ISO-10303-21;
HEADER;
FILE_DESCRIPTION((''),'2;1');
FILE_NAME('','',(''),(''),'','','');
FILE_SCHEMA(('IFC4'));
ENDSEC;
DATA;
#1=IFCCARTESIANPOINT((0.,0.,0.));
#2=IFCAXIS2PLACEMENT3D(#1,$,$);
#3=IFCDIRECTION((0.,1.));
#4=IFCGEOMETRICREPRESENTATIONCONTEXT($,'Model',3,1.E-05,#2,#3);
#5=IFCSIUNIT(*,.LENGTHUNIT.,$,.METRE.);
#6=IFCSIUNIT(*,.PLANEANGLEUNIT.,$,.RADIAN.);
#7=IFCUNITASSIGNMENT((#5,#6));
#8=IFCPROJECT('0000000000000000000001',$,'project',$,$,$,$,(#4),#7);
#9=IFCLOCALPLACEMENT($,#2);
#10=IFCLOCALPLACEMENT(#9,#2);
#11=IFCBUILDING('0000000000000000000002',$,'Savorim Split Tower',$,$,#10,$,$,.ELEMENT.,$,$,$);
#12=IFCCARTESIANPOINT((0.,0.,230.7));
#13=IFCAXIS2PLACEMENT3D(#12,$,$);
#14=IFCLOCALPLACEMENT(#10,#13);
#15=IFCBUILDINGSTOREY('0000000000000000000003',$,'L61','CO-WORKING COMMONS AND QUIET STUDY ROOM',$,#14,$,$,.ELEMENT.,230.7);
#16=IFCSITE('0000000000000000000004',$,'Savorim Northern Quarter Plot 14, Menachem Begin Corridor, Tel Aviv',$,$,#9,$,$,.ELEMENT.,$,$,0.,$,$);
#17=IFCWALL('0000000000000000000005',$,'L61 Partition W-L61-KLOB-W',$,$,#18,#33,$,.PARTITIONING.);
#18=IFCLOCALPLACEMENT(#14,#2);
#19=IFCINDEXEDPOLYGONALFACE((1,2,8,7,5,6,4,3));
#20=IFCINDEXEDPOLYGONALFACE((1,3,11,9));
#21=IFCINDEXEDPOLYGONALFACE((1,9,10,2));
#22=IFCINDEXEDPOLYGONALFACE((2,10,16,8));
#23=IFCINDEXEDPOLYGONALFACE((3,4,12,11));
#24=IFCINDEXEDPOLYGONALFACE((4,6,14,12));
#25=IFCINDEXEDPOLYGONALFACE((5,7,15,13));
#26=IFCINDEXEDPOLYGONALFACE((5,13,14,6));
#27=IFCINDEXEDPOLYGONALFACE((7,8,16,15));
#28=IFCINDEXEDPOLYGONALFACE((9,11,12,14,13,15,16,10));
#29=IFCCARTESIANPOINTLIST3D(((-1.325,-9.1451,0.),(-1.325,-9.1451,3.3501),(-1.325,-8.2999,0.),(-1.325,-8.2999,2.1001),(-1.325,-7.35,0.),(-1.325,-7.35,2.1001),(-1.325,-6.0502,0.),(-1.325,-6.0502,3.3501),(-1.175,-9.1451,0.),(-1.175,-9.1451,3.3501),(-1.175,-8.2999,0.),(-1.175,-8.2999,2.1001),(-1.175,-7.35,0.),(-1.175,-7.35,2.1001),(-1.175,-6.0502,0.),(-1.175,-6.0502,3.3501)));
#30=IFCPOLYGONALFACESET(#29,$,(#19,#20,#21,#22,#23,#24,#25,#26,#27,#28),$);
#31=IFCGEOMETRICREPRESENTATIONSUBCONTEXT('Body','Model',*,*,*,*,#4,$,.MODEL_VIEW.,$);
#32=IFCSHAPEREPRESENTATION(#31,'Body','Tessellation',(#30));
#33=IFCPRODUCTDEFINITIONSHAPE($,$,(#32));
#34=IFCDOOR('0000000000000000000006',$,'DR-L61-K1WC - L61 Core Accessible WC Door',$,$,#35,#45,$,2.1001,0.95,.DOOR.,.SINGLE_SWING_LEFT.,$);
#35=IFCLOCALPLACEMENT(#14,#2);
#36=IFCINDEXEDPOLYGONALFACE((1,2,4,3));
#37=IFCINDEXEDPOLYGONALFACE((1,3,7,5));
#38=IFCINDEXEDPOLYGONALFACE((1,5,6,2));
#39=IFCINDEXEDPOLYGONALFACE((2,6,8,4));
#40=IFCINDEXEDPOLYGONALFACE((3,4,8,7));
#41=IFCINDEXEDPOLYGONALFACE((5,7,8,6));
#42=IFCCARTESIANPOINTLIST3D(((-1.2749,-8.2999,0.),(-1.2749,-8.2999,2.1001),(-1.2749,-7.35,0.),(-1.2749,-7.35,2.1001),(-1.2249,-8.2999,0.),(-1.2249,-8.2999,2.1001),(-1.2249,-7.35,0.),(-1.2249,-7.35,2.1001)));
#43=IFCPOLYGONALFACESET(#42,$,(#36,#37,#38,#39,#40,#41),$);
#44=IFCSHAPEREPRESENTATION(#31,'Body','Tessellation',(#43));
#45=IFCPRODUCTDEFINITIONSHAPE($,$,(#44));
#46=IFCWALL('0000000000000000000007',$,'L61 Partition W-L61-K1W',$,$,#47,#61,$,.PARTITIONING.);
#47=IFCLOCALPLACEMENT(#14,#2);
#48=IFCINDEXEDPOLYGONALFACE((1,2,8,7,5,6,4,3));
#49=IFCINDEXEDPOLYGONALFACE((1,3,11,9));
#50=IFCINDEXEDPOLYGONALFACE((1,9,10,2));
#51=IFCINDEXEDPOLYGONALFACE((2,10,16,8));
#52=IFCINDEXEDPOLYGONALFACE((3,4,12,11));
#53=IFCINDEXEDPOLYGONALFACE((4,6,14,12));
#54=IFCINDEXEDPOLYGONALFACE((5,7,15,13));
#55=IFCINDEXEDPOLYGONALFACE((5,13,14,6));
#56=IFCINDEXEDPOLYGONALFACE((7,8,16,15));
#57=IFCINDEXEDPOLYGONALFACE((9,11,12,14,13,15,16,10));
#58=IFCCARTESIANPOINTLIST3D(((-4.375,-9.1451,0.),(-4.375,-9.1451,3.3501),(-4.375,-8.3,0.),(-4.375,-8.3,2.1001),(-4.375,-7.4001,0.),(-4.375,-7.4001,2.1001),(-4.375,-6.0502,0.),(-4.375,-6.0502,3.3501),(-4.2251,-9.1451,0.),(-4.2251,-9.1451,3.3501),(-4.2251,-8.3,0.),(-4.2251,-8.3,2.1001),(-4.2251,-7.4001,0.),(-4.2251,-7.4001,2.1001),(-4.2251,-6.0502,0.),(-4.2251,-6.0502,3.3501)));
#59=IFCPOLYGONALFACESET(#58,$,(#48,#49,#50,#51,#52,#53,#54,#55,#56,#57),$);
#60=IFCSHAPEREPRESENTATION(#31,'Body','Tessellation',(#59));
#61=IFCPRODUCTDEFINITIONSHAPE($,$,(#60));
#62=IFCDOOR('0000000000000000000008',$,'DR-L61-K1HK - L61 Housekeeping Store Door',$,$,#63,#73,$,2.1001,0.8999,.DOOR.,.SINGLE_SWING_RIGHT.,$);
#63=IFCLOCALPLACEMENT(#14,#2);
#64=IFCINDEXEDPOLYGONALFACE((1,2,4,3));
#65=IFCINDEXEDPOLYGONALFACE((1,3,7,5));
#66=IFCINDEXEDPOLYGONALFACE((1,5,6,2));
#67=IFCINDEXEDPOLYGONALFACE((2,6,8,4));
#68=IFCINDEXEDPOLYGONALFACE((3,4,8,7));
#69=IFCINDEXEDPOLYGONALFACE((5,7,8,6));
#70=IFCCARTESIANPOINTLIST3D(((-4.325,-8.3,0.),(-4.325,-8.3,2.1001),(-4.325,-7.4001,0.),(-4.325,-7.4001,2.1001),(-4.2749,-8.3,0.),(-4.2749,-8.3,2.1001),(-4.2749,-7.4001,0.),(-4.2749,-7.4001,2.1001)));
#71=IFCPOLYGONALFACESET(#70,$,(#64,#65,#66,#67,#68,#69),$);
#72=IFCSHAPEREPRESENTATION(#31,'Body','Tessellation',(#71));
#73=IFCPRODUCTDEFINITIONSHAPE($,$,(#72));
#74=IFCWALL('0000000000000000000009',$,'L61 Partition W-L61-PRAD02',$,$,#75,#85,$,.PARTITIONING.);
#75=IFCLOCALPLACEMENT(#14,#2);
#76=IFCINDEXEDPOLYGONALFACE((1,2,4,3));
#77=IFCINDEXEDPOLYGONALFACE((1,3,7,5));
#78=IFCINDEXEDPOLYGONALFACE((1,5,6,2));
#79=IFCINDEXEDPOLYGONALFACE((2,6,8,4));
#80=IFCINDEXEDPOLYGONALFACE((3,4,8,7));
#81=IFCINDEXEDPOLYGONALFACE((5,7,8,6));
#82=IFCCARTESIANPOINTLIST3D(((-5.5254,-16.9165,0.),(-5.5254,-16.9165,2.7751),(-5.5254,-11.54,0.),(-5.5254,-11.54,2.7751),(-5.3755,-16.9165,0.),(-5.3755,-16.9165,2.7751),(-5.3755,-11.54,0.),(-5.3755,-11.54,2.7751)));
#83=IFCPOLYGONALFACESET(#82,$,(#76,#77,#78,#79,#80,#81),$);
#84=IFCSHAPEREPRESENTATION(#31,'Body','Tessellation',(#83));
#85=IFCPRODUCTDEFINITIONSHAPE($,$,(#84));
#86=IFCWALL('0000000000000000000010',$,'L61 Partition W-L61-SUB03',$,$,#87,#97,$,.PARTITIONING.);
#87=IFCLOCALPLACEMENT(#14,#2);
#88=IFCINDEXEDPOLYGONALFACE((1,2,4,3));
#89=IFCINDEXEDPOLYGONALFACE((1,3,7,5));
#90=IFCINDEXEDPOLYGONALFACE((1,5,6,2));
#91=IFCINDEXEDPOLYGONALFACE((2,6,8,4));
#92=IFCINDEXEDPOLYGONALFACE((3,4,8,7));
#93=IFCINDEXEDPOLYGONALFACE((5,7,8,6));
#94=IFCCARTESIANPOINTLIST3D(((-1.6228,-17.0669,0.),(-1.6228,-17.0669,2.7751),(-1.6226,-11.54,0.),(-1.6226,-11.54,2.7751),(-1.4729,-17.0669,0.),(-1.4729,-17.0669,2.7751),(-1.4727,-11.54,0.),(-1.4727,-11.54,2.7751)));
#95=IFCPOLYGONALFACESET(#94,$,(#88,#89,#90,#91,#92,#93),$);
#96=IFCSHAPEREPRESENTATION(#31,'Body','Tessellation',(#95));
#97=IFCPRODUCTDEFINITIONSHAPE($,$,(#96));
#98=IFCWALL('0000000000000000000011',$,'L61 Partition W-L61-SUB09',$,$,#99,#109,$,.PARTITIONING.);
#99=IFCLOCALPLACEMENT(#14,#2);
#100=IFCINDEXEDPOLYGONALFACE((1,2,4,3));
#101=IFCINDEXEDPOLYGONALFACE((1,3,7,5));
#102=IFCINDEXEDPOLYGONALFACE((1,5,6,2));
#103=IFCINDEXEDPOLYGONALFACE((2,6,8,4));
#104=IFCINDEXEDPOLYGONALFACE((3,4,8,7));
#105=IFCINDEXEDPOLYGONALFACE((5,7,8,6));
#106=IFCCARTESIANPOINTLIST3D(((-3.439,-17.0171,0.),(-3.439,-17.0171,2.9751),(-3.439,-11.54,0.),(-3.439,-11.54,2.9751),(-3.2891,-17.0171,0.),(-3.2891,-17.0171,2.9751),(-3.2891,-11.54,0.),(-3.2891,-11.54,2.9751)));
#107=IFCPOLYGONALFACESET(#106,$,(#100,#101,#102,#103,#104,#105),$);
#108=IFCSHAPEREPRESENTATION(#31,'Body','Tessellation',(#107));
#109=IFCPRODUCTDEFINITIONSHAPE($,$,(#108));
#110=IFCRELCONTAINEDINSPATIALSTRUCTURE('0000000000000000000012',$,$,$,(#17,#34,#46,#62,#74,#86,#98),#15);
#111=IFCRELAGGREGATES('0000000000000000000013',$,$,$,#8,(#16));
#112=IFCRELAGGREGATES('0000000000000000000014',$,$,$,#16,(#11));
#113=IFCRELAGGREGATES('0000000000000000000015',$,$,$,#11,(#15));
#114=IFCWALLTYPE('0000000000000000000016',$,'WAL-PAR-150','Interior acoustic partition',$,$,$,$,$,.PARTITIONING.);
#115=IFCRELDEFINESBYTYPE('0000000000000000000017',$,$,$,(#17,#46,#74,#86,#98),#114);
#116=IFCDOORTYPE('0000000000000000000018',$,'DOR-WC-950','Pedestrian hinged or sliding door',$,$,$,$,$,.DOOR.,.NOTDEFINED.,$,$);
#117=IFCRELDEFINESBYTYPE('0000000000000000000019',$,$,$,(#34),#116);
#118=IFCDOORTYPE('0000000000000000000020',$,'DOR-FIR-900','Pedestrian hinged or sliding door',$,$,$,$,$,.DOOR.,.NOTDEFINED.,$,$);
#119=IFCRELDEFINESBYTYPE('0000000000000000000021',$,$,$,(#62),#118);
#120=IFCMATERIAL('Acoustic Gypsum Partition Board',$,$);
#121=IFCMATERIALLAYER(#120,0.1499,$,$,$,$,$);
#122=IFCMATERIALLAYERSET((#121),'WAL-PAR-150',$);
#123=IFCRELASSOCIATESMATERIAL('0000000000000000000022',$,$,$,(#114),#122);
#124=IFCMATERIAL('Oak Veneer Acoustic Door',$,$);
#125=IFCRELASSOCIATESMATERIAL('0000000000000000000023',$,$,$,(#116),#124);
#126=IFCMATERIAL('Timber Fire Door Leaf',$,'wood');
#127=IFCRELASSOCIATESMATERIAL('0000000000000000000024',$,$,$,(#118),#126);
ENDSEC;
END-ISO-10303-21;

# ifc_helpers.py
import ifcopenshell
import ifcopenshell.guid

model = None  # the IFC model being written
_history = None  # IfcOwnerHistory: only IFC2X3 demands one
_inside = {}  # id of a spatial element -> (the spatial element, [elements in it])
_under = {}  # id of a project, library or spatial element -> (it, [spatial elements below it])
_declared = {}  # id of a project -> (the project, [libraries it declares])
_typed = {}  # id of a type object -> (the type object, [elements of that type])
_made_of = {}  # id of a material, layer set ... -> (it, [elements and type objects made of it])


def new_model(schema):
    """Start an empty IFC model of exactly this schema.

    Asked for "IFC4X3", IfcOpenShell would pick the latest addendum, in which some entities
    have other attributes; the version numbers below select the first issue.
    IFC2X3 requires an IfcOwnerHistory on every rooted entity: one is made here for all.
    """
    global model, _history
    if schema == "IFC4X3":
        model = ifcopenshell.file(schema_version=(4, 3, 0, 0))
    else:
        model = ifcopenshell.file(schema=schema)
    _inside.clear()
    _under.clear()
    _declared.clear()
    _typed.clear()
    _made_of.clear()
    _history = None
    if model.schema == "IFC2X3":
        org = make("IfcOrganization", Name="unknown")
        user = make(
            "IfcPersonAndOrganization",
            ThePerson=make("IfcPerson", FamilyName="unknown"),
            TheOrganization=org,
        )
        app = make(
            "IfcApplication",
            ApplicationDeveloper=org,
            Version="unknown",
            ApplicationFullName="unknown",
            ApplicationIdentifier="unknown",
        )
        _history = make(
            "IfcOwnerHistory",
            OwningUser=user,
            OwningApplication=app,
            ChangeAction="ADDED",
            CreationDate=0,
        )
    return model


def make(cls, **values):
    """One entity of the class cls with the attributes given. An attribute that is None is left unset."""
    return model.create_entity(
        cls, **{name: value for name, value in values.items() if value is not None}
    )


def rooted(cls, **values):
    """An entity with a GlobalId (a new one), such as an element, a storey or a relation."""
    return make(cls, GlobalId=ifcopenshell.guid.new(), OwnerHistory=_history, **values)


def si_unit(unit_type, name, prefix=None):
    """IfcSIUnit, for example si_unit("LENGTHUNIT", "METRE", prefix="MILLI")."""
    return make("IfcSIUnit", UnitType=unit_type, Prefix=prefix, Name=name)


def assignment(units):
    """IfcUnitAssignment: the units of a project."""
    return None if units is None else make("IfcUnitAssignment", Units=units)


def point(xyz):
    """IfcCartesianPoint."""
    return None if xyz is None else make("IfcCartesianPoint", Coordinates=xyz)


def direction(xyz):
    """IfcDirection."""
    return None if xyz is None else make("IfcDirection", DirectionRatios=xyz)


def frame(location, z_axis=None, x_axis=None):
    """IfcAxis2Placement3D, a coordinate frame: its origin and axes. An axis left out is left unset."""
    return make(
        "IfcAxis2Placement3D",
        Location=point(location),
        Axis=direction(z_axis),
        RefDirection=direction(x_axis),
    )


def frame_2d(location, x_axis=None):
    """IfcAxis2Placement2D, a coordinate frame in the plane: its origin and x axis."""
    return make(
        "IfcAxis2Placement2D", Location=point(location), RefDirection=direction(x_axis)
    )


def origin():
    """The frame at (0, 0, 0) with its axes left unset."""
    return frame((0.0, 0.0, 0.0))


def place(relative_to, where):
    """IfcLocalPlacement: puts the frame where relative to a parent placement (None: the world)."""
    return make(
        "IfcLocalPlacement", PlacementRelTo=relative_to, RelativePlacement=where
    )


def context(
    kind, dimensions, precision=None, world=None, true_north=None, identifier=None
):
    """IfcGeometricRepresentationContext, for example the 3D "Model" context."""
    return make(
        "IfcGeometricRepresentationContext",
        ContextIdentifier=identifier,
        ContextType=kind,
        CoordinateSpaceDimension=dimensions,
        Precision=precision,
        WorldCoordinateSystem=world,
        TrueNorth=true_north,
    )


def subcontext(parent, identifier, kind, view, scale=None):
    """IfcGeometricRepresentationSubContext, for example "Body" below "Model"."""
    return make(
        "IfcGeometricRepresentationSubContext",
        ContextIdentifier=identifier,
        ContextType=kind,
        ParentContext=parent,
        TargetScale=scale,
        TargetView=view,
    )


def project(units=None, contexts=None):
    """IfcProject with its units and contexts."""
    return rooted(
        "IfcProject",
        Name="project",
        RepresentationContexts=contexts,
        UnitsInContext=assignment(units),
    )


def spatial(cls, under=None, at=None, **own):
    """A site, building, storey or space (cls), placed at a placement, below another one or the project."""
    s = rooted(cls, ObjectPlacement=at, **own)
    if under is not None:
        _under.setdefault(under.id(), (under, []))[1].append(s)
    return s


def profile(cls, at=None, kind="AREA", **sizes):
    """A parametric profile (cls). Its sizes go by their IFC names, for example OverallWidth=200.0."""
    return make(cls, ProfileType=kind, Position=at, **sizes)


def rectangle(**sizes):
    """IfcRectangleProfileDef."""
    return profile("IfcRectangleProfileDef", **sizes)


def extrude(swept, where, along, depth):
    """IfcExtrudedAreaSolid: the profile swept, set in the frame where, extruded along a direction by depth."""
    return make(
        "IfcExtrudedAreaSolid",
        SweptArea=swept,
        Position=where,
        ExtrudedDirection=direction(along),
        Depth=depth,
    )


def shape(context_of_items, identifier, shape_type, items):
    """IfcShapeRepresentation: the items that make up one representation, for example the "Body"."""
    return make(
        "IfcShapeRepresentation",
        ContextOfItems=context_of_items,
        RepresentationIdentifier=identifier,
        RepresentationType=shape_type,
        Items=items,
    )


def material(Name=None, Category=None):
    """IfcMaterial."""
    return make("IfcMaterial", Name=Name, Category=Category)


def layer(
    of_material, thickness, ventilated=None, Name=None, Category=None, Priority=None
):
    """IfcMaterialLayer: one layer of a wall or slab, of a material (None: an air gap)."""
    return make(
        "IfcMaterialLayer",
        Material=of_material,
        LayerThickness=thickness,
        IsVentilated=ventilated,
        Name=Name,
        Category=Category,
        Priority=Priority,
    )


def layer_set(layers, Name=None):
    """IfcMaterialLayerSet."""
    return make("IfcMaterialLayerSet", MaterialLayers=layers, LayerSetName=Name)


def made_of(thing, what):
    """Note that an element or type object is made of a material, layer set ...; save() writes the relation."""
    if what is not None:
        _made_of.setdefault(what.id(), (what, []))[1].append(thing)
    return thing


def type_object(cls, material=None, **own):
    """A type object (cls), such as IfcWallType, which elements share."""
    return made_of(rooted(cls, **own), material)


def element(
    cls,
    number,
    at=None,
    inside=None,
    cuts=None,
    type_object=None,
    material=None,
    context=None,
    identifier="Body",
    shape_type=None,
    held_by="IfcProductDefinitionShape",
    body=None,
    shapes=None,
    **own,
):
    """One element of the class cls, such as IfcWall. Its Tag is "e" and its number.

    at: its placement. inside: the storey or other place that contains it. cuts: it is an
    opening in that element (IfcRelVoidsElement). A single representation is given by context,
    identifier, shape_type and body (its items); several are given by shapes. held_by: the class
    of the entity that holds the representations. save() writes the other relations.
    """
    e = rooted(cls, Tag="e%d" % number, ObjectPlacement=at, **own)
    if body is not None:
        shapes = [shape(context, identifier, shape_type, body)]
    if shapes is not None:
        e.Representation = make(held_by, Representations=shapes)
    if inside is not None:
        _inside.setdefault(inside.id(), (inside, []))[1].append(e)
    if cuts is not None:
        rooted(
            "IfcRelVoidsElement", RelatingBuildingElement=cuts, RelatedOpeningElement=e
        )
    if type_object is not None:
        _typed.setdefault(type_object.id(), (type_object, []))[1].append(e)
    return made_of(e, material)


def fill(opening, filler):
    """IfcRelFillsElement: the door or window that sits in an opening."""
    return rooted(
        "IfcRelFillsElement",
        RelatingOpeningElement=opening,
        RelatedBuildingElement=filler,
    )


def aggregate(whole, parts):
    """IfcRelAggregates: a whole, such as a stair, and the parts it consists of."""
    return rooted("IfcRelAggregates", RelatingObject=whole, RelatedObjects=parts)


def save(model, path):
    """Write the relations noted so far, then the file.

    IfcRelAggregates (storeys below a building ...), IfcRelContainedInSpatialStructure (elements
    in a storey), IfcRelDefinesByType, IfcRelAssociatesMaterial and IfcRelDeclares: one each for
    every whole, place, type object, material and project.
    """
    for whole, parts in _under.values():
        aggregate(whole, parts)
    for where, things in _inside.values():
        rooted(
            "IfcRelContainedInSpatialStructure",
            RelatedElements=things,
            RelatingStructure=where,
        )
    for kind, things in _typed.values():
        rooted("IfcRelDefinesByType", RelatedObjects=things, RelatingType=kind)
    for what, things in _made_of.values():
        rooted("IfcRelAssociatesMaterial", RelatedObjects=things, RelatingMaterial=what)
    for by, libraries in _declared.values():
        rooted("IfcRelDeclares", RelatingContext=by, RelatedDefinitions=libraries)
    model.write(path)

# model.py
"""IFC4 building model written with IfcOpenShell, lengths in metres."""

from ifc_helpers import new_model, si_unit, direction, frame, frame_2d, origin, place, context, subcontext, project, spatial, rectangle, extrude, material, layer, layer_set, type_object, element, fill, save


model = new_model("IFC4")

# Units and contexts
model_context = context("Model", 3, precision=1e-05, world=origin(), true_north=direction((0.0, 1.0)))
body_context = subcontext(model_context, "Body", "Model", "MODEL_VIEW")
ifc_project = project(units=[si_unit("LENGTHUNIT", "METRE"), si_unit("PLANEANGLEUNIT", "RADIAN")], contexts=[model_context])

# Site, building, storey
site_placement = place(None, origin())
site = spatial("IfcSite", under=ifc_project, at=site_placement, Name="Savorim Northern Quarter Plot 14, Menachem Begin Corridor, Tel Aviv", CompositionType="ELEMENT", RefElevation=0.0)
building_placement = place(site_placement, origin())
building = spatial("IfcBuilding", under=site, at=building_placement, Name="Savorim Split Tower", CompositionType="ELEMENT")
storey_placement = place(building_placement, frame((0.0, 0.0, 230.7)))
storey = spatial("IfcBuildingStorey", under=building, at=storey_placement, Name="L61", Description="CO-WORKING COMMONS AND QUIET STUDY ROOM", CompositionType="ELEMENT", Elevation=230.7)

# Shared definitions
ifc_material_1 = material(Name="Timber Fire Door Leaf", Category="wood")

# Walls, openings, doors
ifc_material_2 = material(Name="Acoustic Gypsum Partition Board")
ifc_layer_1 = layer(ifc_material_2, 0.1499)
ifc_layer_set_1 = layer_set([ifc_layer_1], Name="WAL-PAR-150")
wall_type_1 = type_object("IfcWallType", Name="WAL-PAR-150", Description="Interior acoustic partition", PredefinedType="PARTITIONING", material=ifc_layer_set_1)
wall_1_placement = place(storey_placement, frame((-1.25, -9.145, 0.0), z_axis=(0.0, 0.0, 1.0), x_axis=(0.0, 1.0, 0.0)))
wall_1 = element("IfcWall", 1, at=wall_1_placement, inside=storey, type_object=wall_type_1, Name="L61 Partition W-L61-KLOB-W", PredefinedType="PARTITIONING", context=body_context, shape_type="SweptSolid", body=[
    extrude(rectangle(XDim=3.095, YDim=0.1499, at=frame_2d((1.5474, 0.0))), origin(), (0.0, 0.0, 1.0), 3.3501),
])
opening_1_placement = place(wall_1_placement, frame((0.845, 0.0, 0.0)))
opening_1 = element("IfcOpeningElement", 2, at=opening_1_placement, cuts=wall_1, PredefinedType="OPENING", context=body_context, shape_type="SweptSolid", body=[
    extrude(rectangle(XDim=0.95, YDim=2.1001, at=frame_2d((0.4751, 1.05))), frame((0.0, 0.085, 0.0), z_axis=(0.0, -1.0, 0.0), x_axis=(1.0, 0.0, 0.0)), (0.0, 0.0, 1.0), 0.1699),
])
ifc_material_3 = material(Name="Oak Veneer Acoustic Door")
door_type_1 = type_object("IfcDoorType", Name="DOR-WC-950", Description="Pedestrian hinged or sliding door", OperationType="NOTDEFINED", PredefinedType="DOOR", material=ifc_material_3)
door_1_placement = place(opening_1_placement, origin())
door_1 = element("IfcDoor", 3, at=door_1_placement, inside=storey, type_object=door_type_1, Name="DR-L61-K1WC - L61 Core Accessible WC Door", OperationType="SINGLE_SWING_LEFT", OverallHeight=2.1001, OverallWidth=0.95, PredefinedType="DOOR", context=body_context, shape_type="SweptSolid", body=[
    extrude(rectangle(XDim=0.95, YDim=2.1001, at=frame_2d((0.4751, 1.05))), frame((0.0, 0.0249, 0.0), z_axis=(0.0, -1.0, 0.0), x_axis=(1.0, 0.0, 0.0)), (0.0, 0.0, 1.0), 0.05),
])
fill(opening_1, door_1)
wall_2_placement = place(storey_placement, frame((-4.3, -9.145, 0.0), z_axis=(0.0, 0.0, 1.0), x_axis=(0.0, 1.0, 0.0)))
wall_2 = element("IfcWall", 4, at=wall_2_placement, inside=storey, type_object=wall_type_1, Name="L61 Partition W-L61-K1W", PredefinedType="PARTITIONING", context=body_context, shape_type="SweptSolid", body=[
    extrude(rectangle(XDim=3.095, YDim=0.1499, at=frame_2d((1.5474, 0.0))), origin(), (0.0, 0.0, 1.0), 3.3501),
])
opening_2_placement = place(wall_2_placement, frame((0.845, 0.0, 0.0)))
opening_2 = element("IfcOpeningElement", 5, at=opening_2_placement, cuts=wall_2, PredefinedType="OPENING", context=body_context, shape_type="SweptSolid", body=[
    extrude(rectangle(XDim=0.8999, YDim=2.1001, at=frame_2d((0.45, 1.05))), frame((0.0, 0.085, 0.0), z_axis=(0.0, -1.0, 0.0), x_axis=(1.0, 0.0, 0.0)), (0.0, 0.0, 1.0), 0.1699),
])
door_type_2 = type_object("IfcDoorType", Name="DOR-FIR-900", Description="Pedestrian hinged or sliding door", OperationType="NOTDEFINED", PredefinedType="DOOR", material=ifc_material_1)
door_2_placement = place(opening_2_placement, origin())
door_2 = element("IfcDoor", 6, at=door_2_placement, inside=storey, type_object=door_type_2, Name="DR-L61-K1HK - L61 Housekeeping Store Door", OperationType="SINGLE_SWING_RIGHT", OverallHeight=2.1001, OverallWidth=0.8999, PredefinedType="DOOR", context=body_context, shape_type="SweptSolid", body=[
    extrude(rectangle(XDim=0.8999, YDim=2.1001, at=frame_2d((0.45, 1.05))), frame((0.0, 0.0249, 0.0), z_axis=(0.0, -1.0, 0.0), x_axis=(1.0, 0.0, 0.0)), (0.0, 0.0, 1.0), 0.05),
])
fill(opening_2, door_2)

# Walls
wall_3_placement = place(storey_placement, frame((-5.4504, -11.54, 0.0), z_axis=(0.0, 0.0, 1.0), x_axis=(0.0, -1.0, 0.0)))
element("IfcWall", 7, at=wall_3_placement, inside=storey, type_object=wall_type_1, Name="L61 Partition W-L61-PRAD02", PredefinedType="PARTITIONING", context=body_context, shape_type="SweptSolid", body=[
    extrude(rectangle(XDim=5.3765, YDim=0.1499, at=frame_2d((2.6882, 0.0))), origin(), (0.0, 0.0, 1.0), 2.7751),
])
wall_4_placement = place(storey_placement, frame((-1.5476, -11.54, 0.0), z_axis=(0.0, 0.0, 1.0), x_axis=(-0.000044, -1.0, 0.0)))
element("IfcWall", 8, at=wall_4_placement, inside=storey, type_object=wall_type_1, Name="L61 Partition W-L61-SUB03", PredefinedType="PARTITIONING", context=body_context, shape_type="SweptSolid", body=[
    extrude(rectangle(XDim=5.5269, YDim=0.1499, at=frame_2d((2.7634, 0.0))), origin(), (0.0, 0.0, 1.0), 2.7751),
])
wall_5_placement = place(storey_placement, frame((-3.364, -11.54, 0.0), z_axis=(0.0, 0.0, 1.0), x_axis=(0.0, -1.0, 0.0)))
element("IfcWall", 9, at=wall_5_placement, inside=storey, type_object=wall_type_1, Name="L61 Partition W-L61-SUB09", PredefinedType="PARTITIONING", context=body_context, shape_type="SweptSolid", body=[
    extrude(rectangle(XDim=5.4771, YDim=0.1499, at=frame_2d((2.7385, 0.0))), origin(), (0.0, 0.0, 1.0), 2.9751),
])

save(model, "model.ifc")
